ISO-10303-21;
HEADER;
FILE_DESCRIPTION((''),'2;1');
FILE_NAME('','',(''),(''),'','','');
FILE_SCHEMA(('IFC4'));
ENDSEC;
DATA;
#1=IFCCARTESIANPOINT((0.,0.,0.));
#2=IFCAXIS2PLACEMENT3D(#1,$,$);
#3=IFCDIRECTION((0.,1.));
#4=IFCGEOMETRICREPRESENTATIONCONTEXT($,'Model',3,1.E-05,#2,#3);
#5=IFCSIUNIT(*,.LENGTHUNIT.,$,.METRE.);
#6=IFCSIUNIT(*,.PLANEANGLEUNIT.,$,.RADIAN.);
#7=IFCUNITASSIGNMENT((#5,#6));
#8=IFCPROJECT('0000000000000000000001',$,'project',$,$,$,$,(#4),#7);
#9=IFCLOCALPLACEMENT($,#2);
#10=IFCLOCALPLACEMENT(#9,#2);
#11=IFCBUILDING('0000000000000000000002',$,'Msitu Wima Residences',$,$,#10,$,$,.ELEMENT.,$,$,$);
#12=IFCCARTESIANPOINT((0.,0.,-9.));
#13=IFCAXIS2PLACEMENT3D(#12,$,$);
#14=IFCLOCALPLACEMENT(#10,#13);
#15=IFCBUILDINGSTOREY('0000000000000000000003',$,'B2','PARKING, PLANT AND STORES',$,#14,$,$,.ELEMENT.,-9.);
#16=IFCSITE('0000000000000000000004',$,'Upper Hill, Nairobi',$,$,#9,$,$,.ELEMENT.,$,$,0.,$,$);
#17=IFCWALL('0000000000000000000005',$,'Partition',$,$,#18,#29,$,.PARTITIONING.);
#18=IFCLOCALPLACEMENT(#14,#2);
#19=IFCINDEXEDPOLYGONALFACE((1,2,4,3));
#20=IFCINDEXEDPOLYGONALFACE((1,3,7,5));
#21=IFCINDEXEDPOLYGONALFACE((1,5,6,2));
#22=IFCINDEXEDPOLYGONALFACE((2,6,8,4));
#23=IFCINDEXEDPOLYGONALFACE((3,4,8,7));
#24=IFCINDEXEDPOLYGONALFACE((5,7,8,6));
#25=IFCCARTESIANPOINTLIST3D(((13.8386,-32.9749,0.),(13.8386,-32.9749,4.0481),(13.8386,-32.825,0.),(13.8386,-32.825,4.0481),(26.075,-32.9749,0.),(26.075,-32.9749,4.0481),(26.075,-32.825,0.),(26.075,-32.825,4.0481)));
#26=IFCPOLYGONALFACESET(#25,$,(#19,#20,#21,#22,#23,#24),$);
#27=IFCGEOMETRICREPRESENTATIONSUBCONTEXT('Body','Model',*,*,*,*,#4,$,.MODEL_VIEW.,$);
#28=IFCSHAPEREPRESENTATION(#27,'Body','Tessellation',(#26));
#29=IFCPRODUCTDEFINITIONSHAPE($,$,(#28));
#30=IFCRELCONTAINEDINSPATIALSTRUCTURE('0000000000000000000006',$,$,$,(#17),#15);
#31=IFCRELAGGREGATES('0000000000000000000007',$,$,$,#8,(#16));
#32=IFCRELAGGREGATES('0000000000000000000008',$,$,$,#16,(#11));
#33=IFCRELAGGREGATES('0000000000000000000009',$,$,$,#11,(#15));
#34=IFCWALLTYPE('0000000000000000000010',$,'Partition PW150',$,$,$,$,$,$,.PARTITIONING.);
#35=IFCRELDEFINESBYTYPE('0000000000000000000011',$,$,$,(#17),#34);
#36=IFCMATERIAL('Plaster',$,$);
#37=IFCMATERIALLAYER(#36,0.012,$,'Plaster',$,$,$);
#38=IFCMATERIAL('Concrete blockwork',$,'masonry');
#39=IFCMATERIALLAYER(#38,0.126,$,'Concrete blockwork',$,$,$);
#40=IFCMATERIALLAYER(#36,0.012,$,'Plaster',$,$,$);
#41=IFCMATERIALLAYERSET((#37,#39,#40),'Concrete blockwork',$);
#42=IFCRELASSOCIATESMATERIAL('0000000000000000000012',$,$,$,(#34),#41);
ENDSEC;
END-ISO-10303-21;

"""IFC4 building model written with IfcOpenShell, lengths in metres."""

from ifc_helpers import new_model, si_unit, direction, frame, frame_2d, origin, place, context, subcontext, project, spatial, rectangle, extrude, material, layer, layer_set, type_object, element, save


model = new_model("IFC4")

# Units and contexts
model_context = context("Model", 3, precision=1e-05, world=origin(), true_north=direction((0.0, 1.0)))
body_context = subcontext(model_context, "Body", "Model", "MODEL_VIEW")
ifc_project = project(units=[si_unit("LENGTHUNIT", "METRE"), si_unit("PLANEANGLEUNIT", "RADIAN")], contexts=[model_context])

# Site, building, storey
site_placement = place(None, origin())
site = spatial("IfcSite", under=ifc_project, at=site_placement, Name="Upper Hill, Nairobi", CompositionType="ELEMENT", RefElevation=0.0)
building_placement = place(site_placement, origin())
building = spatial("IfcBuilding", under=site, at=building_placement, Name="Msitu Wima Residences", CompositionType="ELEMENT")
storey_placement = place(building_placement, frame((0.0, 0.0, -9.0)))
storey = spatial("IfcBuildingStorey", under=building, at=storey_placement, Name="B2", Description="PARKING, PLANT AND STORES", CompositionType="ELEMENT", Elevation=-9.0)

# Wall
ifc_material_1 = material(Name="Plaster")
ifc_layer_1 = layer(ifc_material_1, 0.012, Name="Plaster")
ifc_material_2 = material(Name="Concrete blockwork", Category="masonry")
ifc_layer_2 = layer(ifc_material_2, 0.126, Name="Concrete blockwork")
ifc_layer_3 = layer(ifc_material_1, 0.012, Name="Plaster")
ifc_layer_set = layer_set([ifc_layer_1, ifc_layer_2, ifc_layer_3], Name="Concrete blockwork")
wall_type = type_object("IfcWallType", Name="Partition PW150", PredefinedType="PARTITIONING", material=ifc_layer_set)
wall_placement = place(storey_placement, frame((13.8386, -32.8999, 0.0), z_axis=(0.0, 0.0, 1.0), x_axis=(1.0, 0.0, 0.0)))
element("IfcWall", 1, at=wall_placement, inside=storey, type_object=wall_type, Name="Partition", PredefinedType="PARTITIONING", context=body_context, shape_type="SweptSolid", body=[
    extrude(rectangle(XDim=12.2363, YDim=0.1499, at=frame_2d((6.1182, 0.0))), origin(), (0.0, 0.0, 1.0), 4.0481),
])

save(model, "model.ifc")
